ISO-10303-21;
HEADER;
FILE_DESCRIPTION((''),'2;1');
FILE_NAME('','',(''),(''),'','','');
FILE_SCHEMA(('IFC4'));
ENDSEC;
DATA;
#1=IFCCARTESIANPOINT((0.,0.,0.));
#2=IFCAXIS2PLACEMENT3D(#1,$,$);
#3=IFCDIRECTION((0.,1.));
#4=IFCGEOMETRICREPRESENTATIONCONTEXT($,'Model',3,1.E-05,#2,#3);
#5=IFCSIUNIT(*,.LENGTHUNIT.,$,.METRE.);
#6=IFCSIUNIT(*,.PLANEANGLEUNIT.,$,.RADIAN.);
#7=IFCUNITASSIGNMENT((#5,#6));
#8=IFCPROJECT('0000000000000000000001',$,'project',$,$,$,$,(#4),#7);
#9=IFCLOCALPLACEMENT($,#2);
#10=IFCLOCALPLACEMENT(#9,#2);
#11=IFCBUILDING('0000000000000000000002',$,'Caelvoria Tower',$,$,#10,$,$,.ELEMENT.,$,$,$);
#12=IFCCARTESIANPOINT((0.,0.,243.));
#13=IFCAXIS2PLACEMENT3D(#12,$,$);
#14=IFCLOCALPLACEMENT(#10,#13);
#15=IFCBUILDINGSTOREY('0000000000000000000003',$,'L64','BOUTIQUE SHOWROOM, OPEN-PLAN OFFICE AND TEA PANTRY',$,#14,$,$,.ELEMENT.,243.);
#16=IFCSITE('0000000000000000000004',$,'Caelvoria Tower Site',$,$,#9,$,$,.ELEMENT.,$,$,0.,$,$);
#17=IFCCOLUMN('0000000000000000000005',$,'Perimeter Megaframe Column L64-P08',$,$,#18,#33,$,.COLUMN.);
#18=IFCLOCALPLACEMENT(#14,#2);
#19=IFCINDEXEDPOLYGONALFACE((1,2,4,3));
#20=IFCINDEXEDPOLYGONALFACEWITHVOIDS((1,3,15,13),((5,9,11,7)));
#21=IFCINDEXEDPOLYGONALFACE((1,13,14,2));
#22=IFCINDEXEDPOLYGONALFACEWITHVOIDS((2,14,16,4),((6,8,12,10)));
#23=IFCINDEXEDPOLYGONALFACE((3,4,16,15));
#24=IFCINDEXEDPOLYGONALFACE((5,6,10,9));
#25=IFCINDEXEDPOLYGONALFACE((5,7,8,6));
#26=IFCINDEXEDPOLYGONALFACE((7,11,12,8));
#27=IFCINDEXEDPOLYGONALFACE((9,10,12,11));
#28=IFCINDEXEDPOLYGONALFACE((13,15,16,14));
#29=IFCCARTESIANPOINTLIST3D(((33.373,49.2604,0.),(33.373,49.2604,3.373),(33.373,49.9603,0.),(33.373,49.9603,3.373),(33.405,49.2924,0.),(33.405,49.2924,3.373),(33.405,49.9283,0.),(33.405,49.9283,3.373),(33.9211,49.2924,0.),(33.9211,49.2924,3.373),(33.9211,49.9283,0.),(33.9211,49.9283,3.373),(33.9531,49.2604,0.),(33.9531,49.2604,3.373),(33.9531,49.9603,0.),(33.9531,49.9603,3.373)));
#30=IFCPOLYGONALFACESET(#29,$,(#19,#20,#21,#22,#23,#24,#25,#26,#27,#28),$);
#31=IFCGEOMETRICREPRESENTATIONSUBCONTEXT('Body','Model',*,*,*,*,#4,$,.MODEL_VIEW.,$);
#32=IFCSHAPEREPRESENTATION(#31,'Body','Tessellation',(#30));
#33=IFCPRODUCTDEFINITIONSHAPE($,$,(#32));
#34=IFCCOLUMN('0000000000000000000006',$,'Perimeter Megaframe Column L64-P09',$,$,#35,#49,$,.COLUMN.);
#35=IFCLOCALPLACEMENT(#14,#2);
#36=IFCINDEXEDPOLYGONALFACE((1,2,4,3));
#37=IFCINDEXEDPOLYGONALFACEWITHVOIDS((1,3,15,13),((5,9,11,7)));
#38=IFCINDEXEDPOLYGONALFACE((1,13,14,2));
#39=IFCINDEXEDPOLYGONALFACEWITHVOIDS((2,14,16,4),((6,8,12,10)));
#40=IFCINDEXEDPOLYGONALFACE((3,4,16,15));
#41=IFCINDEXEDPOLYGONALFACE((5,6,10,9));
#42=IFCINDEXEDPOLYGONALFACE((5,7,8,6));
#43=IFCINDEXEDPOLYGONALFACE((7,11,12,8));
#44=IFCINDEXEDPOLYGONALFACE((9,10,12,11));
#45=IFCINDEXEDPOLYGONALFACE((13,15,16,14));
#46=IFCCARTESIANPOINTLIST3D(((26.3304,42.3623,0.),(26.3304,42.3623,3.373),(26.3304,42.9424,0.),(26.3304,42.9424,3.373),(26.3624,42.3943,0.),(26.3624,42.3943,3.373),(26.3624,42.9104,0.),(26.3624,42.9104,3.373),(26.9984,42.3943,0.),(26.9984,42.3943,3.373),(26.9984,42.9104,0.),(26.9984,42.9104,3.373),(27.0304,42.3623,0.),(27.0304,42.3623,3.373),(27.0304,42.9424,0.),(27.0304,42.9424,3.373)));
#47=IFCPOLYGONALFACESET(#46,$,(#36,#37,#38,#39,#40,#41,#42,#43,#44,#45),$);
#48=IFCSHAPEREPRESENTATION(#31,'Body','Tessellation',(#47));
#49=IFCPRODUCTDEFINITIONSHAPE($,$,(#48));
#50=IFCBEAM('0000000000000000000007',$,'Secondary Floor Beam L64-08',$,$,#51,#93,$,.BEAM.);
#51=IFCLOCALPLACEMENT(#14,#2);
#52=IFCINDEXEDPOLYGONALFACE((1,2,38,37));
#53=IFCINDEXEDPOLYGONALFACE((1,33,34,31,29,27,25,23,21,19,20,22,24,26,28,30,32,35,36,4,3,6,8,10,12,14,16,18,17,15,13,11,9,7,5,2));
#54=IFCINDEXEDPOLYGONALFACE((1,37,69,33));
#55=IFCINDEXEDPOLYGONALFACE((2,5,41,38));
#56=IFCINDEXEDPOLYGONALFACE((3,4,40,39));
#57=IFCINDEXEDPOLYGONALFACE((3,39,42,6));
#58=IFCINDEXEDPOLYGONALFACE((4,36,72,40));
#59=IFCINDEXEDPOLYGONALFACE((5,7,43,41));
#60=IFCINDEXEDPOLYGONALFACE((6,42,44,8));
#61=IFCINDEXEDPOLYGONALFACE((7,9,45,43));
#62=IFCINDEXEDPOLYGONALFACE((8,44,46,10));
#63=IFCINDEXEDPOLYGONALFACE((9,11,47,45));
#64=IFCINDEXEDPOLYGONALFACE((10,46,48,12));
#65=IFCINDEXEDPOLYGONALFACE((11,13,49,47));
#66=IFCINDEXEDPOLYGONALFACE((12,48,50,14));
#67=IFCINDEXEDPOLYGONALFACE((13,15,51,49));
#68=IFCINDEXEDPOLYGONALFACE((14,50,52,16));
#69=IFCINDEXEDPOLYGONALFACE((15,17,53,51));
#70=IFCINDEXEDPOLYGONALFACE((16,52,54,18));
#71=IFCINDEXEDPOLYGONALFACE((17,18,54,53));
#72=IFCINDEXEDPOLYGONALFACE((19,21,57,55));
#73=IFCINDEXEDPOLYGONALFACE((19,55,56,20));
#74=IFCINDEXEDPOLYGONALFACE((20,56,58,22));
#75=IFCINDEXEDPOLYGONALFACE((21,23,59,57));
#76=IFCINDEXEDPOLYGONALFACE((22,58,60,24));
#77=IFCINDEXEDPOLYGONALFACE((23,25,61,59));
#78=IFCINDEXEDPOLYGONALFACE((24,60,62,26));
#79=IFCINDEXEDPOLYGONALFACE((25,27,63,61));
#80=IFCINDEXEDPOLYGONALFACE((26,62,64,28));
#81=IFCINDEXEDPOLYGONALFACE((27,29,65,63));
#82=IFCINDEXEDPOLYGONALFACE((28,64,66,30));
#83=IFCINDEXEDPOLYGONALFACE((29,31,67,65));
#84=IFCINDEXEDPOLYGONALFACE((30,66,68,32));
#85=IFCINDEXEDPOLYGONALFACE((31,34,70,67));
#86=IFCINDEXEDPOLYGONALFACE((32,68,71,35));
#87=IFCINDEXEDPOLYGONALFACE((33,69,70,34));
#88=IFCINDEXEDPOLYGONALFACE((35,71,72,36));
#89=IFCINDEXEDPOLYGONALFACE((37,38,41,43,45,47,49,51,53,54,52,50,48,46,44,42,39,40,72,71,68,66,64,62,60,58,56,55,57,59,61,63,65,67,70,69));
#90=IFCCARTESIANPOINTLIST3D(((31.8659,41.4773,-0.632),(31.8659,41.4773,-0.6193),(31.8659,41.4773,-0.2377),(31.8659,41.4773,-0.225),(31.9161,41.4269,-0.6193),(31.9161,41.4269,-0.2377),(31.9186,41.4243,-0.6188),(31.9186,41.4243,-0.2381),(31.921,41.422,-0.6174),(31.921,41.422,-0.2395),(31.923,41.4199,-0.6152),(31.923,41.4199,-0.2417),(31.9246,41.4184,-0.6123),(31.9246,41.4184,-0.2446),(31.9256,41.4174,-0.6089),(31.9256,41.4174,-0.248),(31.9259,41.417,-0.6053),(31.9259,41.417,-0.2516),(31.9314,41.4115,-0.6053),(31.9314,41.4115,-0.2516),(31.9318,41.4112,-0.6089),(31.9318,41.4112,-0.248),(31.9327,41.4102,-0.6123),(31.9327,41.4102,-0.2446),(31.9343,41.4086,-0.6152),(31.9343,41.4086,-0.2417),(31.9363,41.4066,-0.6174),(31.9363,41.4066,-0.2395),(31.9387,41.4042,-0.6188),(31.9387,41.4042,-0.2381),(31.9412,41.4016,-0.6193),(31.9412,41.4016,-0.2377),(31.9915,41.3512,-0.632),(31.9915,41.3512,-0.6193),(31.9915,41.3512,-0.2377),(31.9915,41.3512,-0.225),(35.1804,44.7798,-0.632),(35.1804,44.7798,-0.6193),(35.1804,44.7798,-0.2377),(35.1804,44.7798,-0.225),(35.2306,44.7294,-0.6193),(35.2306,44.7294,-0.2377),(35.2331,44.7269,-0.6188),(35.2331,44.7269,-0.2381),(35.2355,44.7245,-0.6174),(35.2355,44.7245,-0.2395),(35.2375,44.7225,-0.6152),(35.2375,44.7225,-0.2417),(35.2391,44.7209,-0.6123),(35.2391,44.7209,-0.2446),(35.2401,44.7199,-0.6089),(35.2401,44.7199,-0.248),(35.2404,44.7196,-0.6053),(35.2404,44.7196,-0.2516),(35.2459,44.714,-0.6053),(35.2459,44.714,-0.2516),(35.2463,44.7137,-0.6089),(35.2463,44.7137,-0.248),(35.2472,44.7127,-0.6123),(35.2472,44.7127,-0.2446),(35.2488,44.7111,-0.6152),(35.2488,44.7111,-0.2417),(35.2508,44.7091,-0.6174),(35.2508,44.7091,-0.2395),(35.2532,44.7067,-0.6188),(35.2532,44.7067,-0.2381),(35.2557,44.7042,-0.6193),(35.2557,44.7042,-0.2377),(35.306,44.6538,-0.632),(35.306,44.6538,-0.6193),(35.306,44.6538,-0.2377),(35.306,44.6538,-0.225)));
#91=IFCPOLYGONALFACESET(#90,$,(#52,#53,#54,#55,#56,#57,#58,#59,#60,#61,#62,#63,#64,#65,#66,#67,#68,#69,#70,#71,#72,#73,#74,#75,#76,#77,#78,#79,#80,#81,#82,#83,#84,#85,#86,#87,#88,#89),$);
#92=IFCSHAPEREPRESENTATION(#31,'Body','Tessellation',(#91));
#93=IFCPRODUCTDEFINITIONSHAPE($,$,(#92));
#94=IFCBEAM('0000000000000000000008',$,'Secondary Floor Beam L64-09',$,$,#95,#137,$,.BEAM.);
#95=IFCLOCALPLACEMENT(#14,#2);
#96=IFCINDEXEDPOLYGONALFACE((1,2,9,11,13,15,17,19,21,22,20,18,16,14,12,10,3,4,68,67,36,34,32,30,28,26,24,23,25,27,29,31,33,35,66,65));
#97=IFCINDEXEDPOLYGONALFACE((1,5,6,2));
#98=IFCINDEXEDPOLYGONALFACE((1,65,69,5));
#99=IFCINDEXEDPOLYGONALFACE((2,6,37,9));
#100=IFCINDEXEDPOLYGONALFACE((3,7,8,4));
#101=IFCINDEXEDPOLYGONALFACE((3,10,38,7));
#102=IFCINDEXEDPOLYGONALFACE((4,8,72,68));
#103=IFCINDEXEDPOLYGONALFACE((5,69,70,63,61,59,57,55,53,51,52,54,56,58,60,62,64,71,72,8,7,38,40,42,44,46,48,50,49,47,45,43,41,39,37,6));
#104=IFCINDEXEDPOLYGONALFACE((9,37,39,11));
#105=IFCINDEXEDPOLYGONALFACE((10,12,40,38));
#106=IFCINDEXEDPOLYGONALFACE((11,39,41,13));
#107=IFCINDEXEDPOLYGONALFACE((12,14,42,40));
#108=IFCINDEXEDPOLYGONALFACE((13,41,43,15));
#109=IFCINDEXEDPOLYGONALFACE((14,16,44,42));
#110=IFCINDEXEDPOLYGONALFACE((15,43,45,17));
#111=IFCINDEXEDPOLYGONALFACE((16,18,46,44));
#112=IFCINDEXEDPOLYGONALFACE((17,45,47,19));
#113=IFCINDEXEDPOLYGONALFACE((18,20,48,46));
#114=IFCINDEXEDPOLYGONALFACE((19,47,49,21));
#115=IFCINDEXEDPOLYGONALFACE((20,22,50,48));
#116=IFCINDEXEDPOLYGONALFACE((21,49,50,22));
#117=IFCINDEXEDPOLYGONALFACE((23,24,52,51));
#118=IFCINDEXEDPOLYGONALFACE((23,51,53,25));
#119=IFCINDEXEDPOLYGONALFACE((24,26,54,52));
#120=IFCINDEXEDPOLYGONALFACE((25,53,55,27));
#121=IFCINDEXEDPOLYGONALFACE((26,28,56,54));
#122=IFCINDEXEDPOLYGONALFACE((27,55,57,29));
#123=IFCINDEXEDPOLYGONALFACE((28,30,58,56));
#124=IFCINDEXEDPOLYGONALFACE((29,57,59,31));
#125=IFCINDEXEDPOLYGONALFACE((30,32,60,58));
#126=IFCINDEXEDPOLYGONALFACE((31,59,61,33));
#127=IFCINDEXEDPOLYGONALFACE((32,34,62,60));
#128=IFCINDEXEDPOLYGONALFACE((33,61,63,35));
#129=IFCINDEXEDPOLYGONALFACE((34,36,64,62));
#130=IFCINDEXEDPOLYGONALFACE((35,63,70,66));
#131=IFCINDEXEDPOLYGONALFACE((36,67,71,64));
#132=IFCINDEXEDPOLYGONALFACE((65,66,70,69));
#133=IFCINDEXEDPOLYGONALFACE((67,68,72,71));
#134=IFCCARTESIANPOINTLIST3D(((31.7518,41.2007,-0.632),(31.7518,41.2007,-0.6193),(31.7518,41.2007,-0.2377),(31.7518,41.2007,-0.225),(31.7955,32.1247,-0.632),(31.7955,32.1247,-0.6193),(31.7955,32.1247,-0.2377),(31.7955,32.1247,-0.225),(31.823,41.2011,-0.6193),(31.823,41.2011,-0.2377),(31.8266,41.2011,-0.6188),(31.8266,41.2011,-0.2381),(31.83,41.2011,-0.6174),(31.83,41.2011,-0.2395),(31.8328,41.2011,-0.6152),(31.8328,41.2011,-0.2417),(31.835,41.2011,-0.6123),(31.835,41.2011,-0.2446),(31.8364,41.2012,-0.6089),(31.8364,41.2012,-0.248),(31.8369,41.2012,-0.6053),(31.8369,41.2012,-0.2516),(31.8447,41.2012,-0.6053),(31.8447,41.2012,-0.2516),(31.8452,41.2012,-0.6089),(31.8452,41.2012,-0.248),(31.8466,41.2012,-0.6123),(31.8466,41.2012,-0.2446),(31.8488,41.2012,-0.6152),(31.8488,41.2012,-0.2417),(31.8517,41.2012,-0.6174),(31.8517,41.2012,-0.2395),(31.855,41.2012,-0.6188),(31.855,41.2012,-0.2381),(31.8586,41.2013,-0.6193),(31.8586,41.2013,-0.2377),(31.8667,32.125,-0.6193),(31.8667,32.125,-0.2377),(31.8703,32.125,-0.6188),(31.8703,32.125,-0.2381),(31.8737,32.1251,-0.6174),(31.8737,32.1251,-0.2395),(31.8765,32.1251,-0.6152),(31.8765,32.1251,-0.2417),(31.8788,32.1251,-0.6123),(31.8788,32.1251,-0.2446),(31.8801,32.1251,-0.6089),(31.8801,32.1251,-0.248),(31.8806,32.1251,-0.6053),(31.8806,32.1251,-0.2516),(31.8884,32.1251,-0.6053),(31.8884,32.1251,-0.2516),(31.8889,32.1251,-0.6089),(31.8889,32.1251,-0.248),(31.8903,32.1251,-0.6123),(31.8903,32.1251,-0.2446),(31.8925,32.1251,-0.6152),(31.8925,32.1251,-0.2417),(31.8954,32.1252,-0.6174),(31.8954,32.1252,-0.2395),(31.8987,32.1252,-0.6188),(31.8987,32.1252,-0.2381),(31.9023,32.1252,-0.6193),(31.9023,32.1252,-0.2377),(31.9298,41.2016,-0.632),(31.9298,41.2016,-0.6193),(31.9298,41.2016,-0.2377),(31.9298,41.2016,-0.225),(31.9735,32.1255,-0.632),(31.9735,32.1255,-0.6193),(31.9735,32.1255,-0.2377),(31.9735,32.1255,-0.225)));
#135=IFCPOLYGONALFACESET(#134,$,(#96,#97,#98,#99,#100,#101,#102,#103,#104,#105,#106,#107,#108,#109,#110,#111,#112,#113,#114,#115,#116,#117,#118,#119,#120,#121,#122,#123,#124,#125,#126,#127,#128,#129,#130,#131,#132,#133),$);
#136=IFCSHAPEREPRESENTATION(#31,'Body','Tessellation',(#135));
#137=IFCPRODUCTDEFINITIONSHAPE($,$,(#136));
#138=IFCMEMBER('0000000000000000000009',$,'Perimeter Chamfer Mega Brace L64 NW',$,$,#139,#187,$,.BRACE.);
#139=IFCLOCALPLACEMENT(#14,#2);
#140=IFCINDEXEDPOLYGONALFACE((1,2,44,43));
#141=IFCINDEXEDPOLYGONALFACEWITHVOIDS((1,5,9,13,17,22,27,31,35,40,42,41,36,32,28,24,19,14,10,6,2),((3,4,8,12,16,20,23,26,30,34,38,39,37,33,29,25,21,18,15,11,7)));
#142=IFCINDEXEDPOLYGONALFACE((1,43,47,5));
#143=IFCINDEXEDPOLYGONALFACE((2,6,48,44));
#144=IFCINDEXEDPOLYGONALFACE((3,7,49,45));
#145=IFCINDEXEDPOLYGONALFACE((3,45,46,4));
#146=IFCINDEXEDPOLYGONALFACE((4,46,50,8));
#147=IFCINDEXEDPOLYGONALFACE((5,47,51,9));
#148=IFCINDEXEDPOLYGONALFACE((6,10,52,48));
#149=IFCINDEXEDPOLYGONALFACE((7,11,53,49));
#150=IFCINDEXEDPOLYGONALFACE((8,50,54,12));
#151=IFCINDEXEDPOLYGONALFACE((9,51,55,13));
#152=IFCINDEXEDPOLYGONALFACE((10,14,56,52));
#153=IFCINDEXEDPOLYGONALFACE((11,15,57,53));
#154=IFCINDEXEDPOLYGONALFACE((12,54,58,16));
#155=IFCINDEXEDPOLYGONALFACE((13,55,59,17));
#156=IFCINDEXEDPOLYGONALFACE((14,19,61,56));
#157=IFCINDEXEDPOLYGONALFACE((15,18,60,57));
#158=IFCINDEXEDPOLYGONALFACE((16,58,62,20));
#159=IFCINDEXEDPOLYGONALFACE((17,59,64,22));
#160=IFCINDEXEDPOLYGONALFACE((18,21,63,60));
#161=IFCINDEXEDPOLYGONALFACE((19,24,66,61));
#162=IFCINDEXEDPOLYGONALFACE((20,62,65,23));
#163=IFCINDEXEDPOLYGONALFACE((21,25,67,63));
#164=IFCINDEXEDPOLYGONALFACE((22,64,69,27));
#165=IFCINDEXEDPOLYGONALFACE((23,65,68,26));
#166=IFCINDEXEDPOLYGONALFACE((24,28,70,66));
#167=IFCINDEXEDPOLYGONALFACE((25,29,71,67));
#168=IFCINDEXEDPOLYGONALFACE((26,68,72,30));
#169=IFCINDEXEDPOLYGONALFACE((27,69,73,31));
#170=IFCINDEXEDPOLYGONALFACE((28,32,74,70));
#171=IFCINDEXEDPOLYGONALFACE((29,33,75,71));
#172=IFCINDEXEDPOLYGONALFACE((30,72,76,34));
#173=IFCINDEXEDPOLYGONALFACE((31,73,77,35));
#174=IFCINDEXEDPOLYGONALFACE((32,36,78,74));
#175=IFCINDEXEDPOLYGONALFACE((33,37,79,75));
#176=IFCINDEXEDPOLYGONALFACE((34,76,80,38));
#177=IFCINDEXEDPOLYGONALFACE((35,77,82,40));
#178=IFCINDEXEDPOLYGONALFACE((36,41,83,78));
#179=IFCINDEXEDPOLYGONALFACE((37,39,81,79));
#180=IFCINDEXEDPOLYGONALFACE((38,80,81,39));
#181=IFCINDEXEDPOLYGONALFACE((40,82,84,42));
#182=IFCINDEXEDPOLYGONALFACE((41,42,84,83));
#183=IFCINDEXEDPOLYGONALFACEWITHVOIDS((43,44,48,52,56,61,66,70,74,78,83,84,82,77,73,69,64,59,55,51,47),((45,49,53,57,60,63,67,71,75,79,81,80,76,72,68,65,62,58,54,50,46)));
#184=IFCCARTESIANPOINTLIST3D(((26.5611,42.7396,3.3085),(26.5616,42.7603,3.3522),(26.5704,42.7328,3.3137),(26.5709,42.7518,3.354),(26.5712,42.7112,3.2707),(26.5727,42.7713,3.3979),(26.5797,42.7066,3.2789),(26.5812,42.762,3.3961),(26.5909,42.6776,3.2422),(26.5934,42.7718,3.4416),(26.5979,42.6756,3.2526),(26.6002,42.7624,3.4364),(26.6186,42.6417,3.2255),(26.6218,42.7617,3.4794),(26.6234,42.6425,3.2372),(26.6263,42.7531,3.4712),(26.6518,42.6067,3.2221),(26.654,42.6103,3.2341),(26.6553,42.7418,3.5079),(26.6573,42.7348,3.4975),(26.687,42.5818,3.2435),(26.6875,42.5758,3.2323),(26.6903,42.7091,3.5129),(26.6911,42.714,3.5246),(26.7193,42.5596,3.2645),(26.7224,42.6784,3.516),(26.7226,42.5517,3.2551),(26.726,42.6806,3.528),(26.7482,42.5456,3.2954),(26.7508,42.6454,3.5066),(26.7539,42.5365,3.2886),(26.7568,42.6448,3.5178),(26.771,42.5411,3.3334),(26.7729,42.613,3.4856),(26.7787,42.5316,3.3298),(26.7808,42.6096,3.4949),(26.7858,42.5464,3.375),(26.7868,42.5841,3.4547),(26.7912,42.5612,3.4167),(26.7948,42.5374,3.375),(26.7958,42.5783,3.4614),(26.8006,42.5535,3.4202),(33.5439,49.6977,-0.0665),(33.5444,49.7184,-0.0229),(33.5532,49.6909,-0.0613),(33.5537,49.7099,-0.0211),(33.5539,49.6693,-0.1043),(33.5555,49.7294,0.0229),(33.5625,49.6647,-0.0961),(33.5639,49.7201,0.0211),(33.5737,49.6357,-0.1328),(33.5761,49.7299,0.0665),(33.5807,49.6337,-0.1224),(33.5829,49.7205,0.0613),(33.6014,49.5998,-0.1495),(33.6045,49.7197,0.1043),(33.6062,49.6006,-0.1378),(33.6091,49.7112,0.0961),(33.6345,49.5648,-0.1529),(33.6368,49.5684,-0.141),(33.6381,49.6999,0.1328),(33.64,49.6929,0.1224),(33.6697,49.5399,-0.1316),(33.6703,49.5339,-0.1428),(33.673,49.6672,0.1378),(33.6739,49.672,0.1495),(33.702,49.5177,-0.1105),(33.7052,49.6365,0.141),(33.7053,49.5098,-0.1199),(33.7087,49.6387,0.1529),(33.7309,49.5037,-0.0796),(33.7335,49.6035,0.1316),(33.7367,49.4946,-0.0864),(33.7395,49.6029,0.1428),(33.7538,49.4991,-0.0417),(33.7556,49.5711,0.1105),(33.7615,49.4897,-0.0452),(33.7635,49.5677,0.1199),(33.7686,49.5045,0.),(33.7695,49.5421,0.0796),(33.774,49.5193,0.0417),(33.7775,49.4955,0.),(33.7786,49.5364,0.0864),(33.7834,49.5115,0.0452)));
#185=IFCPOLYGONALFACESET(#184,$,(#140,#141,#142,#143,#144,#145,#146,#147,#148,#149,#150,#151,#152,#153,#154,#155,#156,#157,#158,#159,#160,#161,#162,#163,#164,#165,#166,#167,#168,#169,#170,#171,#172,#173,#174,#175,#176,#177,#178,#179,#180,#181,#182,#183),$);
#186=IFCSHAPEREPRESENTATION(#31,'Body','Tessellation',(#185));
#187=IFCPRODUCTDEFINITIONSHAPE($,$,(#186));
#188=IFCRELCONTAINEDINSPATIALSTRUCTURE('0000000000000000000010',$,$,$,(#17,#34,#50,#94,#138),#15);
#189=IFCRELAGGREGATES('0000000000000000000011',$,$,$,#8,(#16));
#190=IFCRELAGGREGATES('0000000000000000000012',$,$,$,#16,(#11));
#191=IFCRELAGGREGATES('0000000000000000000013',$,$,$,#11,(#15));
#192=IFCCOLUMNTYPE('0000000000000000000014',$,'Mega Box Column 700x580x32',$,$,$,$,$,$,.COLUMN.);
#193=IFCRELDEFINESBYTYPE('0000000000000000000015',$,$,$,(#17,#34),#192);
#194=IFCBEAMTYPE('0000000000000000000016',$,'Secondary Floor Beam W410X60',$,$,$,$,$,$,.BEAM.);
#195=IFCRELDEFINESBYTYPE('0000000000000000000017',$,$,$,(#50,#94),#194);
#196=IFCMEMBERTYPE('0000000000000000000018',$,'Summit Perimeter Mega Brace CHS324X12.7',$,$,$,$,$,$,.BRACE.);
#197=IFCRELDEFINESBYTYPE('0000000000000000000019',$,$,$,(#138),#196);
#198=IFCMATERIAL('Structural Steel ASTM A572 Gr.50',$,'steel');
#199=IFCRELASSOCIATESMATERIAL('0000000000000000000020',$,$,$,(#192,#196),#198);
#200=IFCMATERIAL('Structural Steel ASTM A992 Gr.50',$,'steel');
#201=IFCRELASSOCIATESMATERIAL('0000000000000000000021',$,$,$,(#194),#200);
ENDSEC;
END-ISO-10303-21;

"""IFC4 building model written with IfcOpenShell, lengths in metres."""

from ifc_helpers import new_model, si_unit, direction, frame, origin, origin_2d, place, context, subcontext, project, spatial, hollow_rectangle, hollow_circle, i_section, extrude, material, material_profile, profile_set, type_object, element, save


model = new_model("IFC4")

# Units and contexts
model_context = context("Model", 3, precision=1e-05, world=origin(), true_north=direction((0.0, 1.0)))
body_context = subcontext(model_context, "Body", "Model", "MODEL_VIEW")
ifc_project = project(units=[si_unit("LENGTHUNIT", "METRE"), si_unit("PLANEANGLEUNIT", "RADIAN")], contexts=[model_context])

# Site, building, storey
site_placement = place(None, origin())
site = spatial("IfcSite", under=ifc_project, at=site_placement, Name="Caelvoria Tower Site", CompositionType="ELEMENT", RefElevation=0.0)
building_placement = place(site_placement, origin())
building = spatial("IfcBuilding", under=site, at=building_placement, Name="Caelvoria Tower", CompositionType="ELEMENT")
storey_placement = place(building_placement, frame((0.0, 0.0, 243.0)))
storey = spatial("IfcBuildingStorey", under=building, at=storey_placement, Name="L64", Description="BOUTIQUE SHOWROOM, OPEN-PLAN OFFICE AND TEA PANTRY", CompositionType="ELEMENT", Elevation=243.0)

# Columns
ifc_material_1 = material(Name="Structural Steel ASTM A572 Gr.50", Category="steel")
ifc_material_profile_1 = material_profile(ifc_material_1, hollow_rectangle(XDim=0.5801, YDim=0.7, WallThickness=0.032, at=origin_2d()), Name="Structural Steel ASTM A572 Gr.50")
ifc_profile_set_1 = profile_set([ifc_material_profile_1], Name="BOX700X580X32 - Structural Steel ASTM A572 Gr.50")
column_type = type_object("IfcColumnType", Name="Mega Box Column 700x580x32", PredefinedType="COLUMN", material=ifc_profile_set_1)
for number, where, z_axis, x_axis, name in (
    (1, (33.6631, 49.6104, 0.0), (0.0, 0.0, 1.0), (1.0, 0.0, 0.0), "Perimeter Megaframe Column L64-P08"),
    (2, (26.6804, 42.6523, 0.0), (0.0, 0.0, 1.0), (0.0, 1.0, 0.0), "Perimeter Megaframe Column L64-P09"),
):
    element("IfcColumn", number, at=place(storey_placement, frame(where, z_axis=z_axis, x_axis=x_axis)), inside=storey, type_object=column_type, Name=name, PredefinedType="COLUMN", context=body_context, shape_type="SweptSolid", body=[
        extrude(hollow_rectangle(XDim=0.5801, YDim=0.7, WallThickness=0.032, at=origin_2d()), origin(), (0.0, 0.0, 1.0), 3.373),
    ])

# Beams
ifc_material_2 = material(Name="Structural Steel ASTM A992 Gr.50", Category="steel")
ifc_material_profile_2 = material_profile(ifc_material_2, i_section(OverallWidth=0.178, OverallDepth=0.407, WebThickness=0.0078, FlangeThickness=0.0127, FilletRadius=0.0139, at=origin_2d()), Name="Structural Steel ASTM A992 Gr.50")
ifc_profile_set_2 = profile_set([ifc_material_profile_2], Name="W410X60 - Structural Steel ASTM A992 Gr.50")
beam_type_1 = type_object("IfcBeamType", Name="Secondary Floor Beam W410X60", PredefinedType="BEAM", material=ifc_profile_set_2)
beam_1_placement = place(storey_placement, frame((35.2432, 44.7168, -0.4285), z_axis=(-0.708384, -0.705827, 0.0), x_axis=(0.705827, -0.708384, 0.0)))
element("IfcBeam", 3, at=beam_1_placement, inside=storey, type_object=beam_type_1, Name="Secondary Floor Beam L64-08", PredefinedType="BEAM", context=body_context, shape_type="SweptSolid", body=[
    extrude(i_section(OverallWidth=0.178, OverallDepth=0.407, WebThickness=0.0078, FlangeThickness=0.0127, FilletRadius=0.0139, at=origin_2d()), origin(), (0.0, 0.0, 1.0), 4.679),
])
beam_2_placement = place(storey_placement, frame((31.8408, 41.2012, -0.4285), z_axis=(0.004815, -0.999988, 0.0), x_axis=(0.999988, 0.004815, 0.0)))
element("IfcBeam", 4, at=beam_2_placement, inside=storey, type_object=beam_type_1, Name="Secondary Floor Beam L64-09", PredefinedType="BEAM", context=body_context, shape_type="SweptSolid", body=[
    extrude(i_section(OverallWidth=0.178, OverallDepth=0.407, WebThickness=0.0078, FlangeThickness=0.0127, FilletRadius=0.0139, at=origin_2d()), origin(), (0.0, 0.0, 1.0), 9.0762),
])

# Member
ifc_material_profile_3 = material_profile(ifc_material_1, hollow_circle(Radius=0.1621, WallThickness=0.0127, at=origin_2d()), Name="Structural Steel ASTM A572 Gr.50")
ifc_profile_set_3 = profile_set([ifc_material_profile_3], Name="CHS324X12.7 - Structural Steel ASTM A572 Gr.50")
member_type = type_object("IfcMemberType", Name="Summit Perimeter Mega Brace CHS324X12.7", PredefinedType="BRACE", material=ifc_profile_set_3)
member_placement = place(storey_placement, frame((33.6631, 49.6104, 0.0), z_axis=(-0.670166, -0.667799, 0.323918), x_axis=(0.705855, -0.708356, 0.0)))
element("IfcMember", 5, at=member_placement, inside=storey, type_object=member_type, Name="Perimeter Chamfer Mega Brace L64 NW", PredefinedType="BRACE", context=body_context, shape_type="SweptSolid", body=[
    extrude(hollow_circle(Radius=0.1621, WallThickness=0.0127, at=origin_2d()), origin(), (0.0, 0.0, 1.0), 10.4194),
])

save(model, "model.ifc")
